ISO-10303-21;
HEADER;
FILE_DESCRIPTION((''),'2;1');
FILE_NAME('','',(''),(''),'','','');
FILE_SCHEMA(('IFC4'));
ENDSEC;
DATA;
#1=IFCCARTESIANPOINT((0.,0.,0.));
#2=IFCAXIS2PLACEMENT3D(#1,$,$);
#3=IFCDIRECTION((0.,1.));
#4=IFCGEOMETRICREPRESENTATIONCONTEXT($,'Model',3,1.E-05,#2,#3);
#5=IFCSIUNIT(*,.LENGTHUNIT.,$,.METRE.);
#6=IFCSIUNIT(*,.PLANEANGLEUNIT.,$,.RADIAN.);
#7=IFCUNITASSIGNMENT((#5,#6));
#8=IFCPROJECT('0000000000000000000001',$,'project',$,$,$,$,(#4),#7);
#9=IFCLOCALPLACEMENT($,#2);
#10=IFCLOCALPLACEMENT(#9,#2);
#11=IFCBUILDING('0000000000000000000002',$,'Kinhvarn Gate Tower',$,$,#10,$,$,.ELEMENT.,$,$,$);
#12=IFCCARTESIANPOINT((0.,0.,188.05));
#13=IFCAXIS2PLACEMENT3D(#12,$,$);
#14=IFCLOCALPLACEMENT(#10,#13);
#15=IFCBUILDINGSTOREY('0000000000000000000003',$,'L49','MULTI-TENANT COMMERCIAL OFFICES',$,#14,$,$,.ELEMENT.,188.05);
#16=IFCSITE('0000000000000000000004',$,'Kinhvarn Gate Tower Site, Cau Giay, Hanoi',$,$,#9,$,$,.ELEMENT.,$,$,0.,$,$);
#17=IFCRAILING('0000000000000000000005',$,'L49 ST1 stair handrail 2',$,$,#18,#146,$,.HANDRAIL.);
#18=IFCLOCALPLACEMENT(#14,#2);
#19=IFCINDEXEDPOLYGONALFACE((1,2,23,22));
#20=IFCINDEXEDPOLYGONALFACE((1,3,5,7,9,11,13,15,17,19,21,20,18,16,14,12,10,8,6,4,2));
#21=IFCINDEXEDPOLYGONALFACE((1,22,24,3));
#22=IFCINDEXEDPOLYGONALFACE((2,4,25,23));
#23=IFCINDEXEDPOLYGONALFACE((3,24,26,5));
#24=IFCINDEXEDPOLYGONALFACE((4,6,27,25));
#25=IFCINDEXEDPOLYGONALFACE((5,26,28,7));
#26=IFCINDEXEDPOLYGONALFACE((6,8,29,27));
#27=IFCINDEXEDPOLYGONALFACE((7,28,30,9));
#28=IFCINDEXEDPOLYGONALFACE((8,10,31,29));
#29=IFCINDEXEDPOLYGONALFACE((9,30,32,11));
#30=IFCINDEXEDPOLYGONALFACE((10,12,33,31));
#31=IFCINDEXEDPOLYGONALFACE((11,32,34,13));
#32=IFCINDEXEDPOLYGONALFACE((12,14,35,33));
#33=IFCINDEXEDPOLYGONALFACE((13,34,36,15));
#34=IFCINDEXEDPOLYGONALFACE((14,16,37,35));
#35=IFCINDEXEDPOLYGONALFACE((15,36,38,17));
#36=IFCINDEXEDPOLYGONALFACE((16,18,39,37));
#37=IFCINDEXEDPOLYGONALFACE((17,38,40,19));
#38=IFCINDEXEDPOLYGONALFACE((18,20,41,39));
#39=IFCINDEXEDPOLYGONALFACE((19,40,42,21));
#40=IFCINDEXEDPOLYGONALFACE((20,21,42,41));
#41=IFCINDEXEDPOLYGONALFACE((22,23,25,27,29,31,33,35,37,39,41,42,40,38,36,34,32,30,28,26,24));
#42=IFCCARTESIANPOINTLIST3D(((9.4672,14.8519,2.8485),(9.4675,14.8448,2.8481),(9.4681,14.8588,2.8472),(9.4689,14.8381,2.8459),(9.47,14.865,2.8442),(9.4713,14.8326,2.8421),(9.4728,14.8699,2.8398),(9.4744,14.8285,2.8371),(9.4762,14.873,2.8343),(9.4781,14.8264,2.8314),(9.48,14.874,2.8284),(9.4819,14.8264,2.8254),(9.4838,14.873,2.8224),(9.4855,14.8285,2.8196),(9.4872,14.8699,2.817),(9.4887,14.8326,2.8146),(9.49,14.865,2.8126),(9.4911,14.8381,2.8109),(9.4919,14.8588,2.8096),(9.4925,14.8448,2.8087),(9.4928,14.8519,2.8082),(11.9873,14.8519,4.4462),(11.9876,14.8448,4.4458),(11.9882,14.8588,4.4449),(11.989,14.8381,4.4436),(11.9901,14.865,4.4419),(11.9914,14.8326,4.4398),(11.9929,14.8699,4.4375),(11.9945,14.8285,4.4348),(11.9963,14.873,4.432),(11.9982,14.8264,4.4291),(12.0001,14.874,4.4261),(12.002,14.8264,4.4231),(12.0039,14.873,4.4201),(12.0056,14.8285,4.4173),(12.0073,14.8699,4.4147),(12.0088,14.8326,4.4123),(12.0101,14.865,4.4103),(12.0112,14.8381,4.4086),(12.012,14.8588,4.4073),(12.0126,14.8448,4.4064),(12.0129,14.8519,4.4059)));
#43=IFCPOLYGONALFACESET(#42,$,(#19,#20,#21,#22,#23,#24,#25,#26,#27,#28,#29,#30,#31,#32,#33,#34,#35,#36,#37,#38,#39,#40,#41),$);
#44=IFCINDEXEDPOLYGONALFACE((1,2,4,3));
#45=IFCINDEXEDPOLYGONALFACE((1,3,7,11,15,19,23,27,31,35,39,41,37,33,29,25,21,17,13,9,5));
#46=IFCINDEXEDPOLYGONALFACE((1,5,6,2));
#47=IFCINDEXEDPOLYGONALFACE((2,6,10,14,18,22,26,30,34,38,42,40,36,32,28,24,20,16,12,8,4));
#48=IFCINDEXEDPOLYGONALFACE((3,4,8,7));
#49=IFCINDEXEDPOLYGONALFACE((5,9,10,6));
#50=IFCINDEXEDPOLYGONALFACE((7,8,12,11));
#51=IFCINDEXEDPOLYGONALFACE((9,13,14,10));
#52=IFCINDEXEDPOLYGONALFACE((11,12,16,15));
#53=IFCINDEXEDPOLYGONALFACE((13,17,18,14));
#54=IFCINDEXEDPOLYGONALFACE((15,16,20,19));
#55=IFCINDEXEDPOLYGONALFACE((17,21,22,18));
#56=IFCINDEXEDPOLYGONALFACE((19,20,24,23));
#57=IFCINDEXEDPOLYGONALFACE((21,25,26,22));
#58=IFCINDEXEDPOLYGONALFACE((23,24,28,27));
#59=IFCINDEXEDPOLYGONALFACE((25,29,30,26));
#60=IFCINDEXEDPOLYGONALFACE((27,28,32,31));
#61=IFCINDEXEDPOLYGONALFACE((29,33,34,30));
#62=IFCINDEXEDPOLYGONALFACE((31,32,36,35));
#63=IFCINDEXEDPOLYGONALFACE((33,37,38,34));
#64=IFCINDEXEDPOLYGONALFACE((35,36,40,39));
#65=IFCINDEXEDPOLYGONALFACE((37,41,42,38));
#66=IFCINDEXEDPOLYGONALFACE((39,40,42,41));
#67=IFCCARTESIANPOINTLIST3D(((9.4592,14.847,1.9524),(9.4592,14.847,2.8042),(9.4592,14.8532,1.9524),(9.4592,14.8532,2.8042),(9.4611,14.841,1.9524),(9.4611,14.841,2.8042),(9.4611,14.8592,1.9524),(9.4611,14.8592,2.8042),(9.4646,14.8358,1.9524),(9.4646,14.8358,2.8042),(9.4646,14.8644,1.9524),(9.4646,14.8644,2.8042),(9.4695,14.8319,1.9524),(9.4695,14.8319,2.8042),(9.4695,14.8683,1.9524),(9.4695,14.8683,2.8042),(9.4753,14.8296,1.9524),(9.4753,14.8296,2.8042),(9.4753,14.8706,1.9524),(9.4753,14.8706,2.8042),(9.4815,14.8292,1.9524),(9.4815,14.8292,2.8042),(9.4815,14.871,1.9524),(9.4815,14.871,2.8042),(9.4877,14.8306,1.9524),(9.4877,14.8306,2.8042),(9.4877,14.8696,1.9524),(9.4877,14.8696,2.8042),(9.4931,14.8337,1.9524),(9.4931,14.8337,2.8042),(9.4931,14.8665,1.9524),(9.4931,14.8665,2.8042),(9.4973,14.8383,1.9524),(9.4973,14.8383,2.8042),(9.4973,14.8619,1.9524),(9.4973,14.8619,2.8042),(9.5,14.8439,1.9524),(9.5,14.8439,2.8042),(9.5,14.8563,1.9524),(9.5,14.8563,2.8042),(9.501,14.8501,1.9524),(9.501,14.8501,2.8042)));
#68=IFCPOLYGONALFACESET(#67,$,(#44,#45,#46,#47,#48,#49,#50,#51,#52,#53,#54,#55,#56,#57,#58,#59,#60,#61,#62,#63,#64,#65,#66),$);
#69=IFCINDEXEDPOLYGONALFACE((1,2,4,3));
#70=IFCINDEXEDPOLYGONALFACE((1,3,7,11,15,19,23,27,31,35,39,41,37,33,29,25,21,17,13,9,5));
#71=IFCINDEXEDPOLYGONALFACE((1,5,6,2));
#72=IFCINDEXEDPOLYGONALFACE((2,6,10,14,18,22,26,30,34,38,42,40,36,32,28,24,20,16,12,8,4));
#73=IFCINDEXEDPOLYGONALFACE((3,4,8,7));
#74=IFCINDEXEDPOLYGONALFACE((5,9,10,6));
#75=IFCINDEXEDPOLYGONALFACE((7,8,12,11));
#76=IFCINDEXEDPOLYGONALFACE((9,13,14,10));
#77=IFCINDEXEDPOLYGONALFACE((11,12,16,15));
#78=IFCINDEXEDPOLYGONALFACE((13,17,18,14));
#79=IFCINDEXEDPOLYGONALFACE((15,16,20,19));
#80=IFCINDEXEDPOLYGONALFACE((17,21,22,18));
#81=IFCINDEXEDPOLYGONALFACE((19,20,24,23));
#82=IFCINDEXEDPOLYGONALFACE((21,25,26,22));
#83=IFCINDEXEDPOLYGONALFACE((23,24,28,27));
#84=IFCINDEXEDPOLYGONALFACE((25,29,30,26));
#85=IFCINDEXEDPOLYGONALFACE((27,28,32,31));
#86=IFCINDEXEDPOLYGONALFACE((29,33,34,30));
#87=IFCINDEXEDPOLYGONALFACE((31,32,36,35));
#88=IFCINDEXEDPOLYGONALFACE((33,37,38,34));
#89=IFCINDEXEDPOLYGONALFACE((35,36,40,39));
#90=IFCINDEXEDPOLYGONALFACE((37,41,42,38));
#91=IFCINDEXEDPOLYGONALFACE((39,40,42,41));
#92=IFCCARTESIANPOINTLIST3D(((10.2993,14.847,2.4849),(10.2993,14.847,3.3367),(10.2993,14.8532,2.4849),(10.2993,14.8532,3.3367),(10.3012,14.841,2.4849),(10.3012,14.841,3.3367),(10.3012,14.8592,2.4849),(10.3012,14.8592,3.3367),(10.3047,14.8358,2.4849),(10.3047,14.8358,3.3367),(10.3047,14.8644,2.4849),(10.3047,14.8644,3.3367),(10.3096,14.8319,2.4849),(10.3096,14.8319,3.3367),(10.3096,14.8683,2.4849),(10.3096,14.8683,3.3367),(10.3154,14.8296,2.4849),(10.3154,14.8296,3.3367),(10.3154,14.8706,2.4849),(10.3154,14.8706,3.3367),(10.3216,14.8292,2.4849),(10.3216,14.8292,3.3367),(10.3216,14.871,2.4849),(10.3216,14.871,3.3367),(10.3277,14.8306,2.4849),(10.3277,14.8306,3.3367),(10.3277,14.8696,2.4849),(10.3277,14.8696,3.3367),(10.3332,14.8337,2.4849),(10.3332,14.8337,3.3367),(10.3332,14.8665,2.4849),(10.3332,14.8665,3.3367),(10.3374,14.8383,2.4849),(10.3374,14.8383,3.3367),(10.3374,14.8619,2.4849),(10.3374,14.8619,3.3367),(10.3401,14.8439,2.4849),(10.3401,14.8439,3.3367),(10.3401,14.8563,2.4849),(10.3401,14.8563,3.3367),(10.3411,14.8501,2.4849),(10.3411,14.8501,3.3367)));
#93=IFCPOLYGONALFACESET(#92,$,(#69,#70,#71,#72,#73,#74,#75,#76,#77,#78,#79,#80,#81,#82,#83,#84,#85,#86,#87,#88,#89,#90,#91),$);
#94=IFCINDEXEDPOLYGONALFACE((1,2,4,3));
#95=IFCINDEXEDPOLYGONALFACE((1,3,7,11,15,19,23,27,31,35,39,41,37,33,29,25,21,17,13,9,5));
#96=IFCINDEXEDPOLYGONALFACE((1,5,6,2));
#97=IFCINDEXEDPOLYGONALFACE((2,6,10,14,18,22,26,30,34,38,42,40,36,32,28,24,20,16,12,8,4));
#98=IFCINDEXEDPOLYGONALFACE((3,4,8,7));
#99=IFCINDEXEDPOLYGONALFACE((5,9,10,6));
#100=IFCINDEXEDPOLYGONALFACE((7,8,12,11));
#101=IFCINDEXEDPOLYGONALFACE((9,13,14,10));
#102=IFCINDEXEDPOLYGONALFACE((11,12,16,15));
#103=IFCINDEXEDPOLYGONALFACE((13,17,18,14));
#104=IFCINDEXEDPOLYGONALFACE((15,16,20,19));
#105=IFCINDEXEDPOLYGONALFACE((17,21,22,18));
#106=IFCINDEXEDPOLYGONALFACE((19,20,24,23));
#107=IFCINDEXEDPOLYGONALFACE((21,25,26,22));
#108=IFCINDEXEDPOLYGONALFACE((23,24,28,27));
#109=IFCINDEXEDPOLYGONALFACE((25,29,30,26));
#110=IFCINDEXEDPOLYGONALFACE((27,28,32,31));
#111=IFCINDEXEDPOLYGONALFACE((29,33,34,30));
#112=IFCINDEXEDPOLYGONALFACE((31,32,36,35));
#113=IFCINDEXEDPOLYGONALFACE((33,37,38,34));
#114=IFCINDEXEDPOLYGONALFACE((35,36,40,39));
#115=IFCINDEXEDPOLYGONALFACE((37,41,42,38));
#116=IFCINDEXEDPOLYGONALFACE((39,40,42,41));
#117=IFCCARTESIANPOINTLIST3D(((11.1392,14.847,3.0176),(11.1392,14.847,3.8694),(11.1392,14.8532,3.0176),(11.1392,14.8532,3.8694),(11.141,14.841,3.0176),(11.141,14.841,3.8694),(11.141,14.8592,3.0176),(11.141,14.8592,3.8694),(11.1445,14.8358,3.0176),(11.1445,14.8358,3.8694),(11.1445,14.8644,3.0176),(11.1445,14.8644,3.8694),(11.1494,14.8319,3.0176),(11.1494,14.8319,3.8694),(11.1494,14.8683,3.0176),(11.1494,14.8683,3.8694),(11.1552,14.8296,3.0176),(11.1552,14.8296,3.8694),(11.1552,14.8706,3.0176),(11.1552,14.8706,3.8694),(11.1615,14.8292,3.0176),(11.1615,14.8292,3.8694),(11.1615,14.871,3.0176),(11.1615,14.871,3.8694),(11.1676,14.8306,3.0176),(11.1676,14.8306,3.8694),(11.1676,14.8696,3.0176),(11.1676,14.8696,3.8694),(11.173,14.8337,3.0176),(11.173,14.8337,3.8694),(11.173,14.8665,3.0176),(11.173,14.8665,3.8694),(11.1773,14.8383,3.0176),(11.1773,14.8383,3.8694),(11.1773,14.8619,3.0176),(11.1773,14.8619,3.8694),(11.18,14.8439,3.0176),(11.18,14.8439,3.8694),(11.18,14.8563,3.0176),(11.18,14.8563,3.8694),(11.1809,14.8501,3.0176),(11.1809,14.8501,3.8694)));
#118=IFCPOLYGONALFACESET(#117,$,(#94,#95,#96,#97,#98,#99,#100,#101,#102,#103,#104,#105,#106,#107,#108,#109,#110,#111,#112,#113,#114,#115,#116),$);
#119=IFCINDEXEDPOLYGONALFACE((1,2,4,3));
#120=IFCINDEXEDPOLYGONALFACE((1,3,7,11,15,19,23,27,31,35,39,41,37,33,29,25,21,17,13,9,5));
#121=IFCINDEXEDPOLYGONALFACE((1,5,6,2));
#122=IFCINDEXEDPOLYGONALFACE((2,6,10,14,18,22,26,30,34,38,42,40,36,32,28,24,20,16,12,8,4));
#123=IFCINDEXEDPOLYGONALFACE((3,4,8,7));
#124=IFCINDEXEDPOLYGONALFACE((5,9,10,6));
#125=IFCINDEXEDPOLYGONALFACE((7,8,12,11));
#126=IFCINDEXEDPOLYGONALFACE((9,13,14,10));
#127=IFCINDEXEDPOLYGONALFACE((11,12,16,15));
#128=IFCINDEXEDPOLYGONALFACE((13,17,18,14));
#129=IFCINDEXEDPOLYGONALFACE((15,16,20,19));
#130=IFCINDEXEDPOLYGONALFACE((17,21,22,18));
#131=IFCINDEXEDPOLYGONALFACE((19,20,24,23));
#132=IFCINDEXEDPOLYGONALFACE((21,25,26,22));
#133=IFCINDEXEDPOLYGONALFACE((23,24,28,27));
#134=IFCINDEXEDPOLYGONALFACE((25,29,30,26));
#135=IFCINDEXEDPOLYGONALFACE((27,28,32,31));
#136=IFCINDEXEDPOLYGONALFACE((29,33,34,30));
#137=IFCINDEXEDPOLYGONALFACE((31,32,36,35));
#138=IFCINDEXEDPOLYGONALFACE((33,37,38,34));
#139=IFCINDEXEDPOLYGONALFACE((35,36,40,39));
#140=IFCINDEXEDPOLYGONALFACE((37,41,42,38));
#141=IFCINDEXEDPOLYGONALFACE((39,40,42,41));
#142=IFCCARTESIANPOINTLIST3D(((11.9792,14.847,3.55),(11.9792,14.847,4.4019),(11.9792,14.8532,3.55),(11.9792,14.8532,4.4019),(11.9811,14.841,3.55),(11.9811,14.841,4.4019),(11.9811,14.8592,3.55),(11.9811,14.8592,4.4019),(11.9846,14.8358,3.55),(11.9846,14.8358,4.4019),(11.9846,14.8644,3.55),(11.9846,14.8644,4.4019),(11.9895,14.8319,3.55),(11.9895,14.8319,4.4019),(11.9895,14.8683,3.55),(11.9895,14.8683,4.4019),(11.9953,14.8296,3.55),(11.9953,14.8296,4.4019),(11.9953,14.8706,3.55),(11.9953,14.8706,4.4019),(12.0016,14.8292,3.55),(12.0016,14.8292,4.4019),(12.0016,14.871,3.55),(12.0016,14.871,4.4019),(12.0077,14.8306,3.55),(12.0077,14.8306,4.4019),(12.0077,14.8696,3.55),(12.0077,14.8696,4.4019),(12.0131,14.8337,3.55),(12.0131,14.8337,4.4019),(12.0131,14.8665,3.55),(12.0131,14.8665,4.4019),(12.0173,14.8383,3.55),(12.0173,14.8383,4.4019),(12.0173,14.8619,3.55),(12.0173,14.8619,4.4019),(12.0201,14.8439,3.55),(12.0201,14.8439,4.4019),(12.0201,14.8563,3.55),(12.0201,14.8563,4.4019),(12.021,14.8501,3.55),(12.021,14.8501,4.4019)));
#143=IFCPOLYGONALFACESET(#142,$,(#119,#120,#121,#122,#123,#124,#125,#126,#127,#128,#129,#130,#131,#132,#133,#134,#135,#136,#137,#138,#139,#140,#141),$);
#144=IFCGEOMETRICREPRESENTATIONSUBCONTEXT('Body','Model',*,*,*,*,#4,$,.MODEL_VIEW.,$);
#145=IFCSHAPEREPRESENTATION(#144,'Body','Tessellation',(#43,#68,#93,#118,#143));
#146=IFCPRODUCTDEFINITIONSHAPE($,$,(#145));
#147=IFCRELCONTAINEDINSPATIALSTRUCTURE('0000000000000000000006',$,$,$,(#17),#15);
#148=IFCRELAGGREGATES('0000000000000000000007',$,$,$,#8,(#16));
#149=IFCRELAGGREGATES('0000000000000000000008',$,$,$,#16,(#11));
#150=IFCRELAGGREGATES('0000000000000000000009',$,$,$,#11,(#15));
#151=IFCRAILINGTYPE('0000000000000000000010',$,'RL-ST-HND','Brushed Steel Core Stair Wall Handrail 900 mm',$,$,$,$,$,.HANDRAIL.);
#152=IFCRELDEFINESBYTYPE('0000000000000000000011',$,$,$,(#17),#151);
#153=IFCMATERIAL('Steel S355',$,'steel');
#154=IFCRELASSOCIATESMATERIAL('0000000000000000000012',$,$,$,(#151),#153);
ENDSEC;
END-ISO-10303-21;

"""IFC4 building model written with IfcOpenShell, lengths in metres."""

from ifc_helpers import new_model, si_unit, direction, frame, origin, origin_2d, place, context, subcontext, project, spatial, circle, extrude, material, type_object, element, save


model = new_model("IFC4")

# Units and contexts
model_context = context("Model", 3, precision=1e-05, world=origin(), true_north=direction((0.0, 1.0)))
body_context = subcontext(model_context, "Body", "Model", "MODEL_VIEW")
ifc_project = project(units=[si_unit("LENGTHUNIT", "METRE"), si_unit("PLANEANGLEUNIT", "RADIAN")], contexts=[model_context])

# Site, building, storey
site_placement = place(None, origin())
site = spatial("IfcSite", under=ifc_project, at=site_placement, Name="Kinhvarn Gate Tower Site, Cau Giay, Hanoi", CompositionType="ELEMENT", RefElevation=0.0)
building_placement = place(site_placement, origin())
building = spatial("IfcBuilding", under=site, at=building_placement, Name="Kinhvarn Gate Tower", CompositionType="ELEMENT")
storey_placement = place(building_placement, frame((0.0, 0.0, 188.05)))
storey = spatial("IfcBuildingStorey", under=building, at=storey_placement, Name="L49", Description="MULTI-TENANT COMMERCIAL OFFICES", CompositionType="ELEMENT", Elevation=188.05)

# Shared definitions
ifc_material_1 = material(Name="Steel S355", Category="steel")

# Railing
railing_type_1 = type_object("IfcRailingType", Name="RL-ST-HND", Description="Brushed Steel Core Stair Wall Handrail 900 mm", PredefinedType="HANDRAIL", material=ifc_material_1)
railing_1_placement = place(storey_placement, frame((9.48, 14.8501, 1.9524)))
element("IfcRailing", 1, at=railing_1_placement, inside=storey, type_object=railing_type_1, Name="L49 ST1 stair handrail 2", PredefinedType="HANDRAIL", context=body_context, shape_type="SweptSolid", body=[
    extrude(circle(Radius=0.0239, at=origin_2d()), frame((0.0, 0.0, 0.876), z_axis=(0.84457, 0.0, 0.535445), x_axis=(0.0, 1.0, 0.0)), (0.0, 0.0, 1.0), 2.9839),
    extrude(circle(Radius=0.021, at=origin_2d()), origin(), (0.0, 0.0, 1.0), 0.8518),
    extrude(circle(Radius=0.021, at=origin_2d()), frame((0.8401, 0.0, 0.5325)), (0.0, 0.0, 1.0), 0.8518),
    extrude(circle(Radius=0.021, at=origin_2d()), frame((1.6799, 0.0, 1.0652)), (0.0, 0.0, 1.0), 0.8518),
    extrude(circle(Radius=0.021, at=origin_2d()), frame((2.52, 0.0, 1.5977)), (0.0, 0.0, 1.0), 0.8518),
])

save(model, "model.ifc")
